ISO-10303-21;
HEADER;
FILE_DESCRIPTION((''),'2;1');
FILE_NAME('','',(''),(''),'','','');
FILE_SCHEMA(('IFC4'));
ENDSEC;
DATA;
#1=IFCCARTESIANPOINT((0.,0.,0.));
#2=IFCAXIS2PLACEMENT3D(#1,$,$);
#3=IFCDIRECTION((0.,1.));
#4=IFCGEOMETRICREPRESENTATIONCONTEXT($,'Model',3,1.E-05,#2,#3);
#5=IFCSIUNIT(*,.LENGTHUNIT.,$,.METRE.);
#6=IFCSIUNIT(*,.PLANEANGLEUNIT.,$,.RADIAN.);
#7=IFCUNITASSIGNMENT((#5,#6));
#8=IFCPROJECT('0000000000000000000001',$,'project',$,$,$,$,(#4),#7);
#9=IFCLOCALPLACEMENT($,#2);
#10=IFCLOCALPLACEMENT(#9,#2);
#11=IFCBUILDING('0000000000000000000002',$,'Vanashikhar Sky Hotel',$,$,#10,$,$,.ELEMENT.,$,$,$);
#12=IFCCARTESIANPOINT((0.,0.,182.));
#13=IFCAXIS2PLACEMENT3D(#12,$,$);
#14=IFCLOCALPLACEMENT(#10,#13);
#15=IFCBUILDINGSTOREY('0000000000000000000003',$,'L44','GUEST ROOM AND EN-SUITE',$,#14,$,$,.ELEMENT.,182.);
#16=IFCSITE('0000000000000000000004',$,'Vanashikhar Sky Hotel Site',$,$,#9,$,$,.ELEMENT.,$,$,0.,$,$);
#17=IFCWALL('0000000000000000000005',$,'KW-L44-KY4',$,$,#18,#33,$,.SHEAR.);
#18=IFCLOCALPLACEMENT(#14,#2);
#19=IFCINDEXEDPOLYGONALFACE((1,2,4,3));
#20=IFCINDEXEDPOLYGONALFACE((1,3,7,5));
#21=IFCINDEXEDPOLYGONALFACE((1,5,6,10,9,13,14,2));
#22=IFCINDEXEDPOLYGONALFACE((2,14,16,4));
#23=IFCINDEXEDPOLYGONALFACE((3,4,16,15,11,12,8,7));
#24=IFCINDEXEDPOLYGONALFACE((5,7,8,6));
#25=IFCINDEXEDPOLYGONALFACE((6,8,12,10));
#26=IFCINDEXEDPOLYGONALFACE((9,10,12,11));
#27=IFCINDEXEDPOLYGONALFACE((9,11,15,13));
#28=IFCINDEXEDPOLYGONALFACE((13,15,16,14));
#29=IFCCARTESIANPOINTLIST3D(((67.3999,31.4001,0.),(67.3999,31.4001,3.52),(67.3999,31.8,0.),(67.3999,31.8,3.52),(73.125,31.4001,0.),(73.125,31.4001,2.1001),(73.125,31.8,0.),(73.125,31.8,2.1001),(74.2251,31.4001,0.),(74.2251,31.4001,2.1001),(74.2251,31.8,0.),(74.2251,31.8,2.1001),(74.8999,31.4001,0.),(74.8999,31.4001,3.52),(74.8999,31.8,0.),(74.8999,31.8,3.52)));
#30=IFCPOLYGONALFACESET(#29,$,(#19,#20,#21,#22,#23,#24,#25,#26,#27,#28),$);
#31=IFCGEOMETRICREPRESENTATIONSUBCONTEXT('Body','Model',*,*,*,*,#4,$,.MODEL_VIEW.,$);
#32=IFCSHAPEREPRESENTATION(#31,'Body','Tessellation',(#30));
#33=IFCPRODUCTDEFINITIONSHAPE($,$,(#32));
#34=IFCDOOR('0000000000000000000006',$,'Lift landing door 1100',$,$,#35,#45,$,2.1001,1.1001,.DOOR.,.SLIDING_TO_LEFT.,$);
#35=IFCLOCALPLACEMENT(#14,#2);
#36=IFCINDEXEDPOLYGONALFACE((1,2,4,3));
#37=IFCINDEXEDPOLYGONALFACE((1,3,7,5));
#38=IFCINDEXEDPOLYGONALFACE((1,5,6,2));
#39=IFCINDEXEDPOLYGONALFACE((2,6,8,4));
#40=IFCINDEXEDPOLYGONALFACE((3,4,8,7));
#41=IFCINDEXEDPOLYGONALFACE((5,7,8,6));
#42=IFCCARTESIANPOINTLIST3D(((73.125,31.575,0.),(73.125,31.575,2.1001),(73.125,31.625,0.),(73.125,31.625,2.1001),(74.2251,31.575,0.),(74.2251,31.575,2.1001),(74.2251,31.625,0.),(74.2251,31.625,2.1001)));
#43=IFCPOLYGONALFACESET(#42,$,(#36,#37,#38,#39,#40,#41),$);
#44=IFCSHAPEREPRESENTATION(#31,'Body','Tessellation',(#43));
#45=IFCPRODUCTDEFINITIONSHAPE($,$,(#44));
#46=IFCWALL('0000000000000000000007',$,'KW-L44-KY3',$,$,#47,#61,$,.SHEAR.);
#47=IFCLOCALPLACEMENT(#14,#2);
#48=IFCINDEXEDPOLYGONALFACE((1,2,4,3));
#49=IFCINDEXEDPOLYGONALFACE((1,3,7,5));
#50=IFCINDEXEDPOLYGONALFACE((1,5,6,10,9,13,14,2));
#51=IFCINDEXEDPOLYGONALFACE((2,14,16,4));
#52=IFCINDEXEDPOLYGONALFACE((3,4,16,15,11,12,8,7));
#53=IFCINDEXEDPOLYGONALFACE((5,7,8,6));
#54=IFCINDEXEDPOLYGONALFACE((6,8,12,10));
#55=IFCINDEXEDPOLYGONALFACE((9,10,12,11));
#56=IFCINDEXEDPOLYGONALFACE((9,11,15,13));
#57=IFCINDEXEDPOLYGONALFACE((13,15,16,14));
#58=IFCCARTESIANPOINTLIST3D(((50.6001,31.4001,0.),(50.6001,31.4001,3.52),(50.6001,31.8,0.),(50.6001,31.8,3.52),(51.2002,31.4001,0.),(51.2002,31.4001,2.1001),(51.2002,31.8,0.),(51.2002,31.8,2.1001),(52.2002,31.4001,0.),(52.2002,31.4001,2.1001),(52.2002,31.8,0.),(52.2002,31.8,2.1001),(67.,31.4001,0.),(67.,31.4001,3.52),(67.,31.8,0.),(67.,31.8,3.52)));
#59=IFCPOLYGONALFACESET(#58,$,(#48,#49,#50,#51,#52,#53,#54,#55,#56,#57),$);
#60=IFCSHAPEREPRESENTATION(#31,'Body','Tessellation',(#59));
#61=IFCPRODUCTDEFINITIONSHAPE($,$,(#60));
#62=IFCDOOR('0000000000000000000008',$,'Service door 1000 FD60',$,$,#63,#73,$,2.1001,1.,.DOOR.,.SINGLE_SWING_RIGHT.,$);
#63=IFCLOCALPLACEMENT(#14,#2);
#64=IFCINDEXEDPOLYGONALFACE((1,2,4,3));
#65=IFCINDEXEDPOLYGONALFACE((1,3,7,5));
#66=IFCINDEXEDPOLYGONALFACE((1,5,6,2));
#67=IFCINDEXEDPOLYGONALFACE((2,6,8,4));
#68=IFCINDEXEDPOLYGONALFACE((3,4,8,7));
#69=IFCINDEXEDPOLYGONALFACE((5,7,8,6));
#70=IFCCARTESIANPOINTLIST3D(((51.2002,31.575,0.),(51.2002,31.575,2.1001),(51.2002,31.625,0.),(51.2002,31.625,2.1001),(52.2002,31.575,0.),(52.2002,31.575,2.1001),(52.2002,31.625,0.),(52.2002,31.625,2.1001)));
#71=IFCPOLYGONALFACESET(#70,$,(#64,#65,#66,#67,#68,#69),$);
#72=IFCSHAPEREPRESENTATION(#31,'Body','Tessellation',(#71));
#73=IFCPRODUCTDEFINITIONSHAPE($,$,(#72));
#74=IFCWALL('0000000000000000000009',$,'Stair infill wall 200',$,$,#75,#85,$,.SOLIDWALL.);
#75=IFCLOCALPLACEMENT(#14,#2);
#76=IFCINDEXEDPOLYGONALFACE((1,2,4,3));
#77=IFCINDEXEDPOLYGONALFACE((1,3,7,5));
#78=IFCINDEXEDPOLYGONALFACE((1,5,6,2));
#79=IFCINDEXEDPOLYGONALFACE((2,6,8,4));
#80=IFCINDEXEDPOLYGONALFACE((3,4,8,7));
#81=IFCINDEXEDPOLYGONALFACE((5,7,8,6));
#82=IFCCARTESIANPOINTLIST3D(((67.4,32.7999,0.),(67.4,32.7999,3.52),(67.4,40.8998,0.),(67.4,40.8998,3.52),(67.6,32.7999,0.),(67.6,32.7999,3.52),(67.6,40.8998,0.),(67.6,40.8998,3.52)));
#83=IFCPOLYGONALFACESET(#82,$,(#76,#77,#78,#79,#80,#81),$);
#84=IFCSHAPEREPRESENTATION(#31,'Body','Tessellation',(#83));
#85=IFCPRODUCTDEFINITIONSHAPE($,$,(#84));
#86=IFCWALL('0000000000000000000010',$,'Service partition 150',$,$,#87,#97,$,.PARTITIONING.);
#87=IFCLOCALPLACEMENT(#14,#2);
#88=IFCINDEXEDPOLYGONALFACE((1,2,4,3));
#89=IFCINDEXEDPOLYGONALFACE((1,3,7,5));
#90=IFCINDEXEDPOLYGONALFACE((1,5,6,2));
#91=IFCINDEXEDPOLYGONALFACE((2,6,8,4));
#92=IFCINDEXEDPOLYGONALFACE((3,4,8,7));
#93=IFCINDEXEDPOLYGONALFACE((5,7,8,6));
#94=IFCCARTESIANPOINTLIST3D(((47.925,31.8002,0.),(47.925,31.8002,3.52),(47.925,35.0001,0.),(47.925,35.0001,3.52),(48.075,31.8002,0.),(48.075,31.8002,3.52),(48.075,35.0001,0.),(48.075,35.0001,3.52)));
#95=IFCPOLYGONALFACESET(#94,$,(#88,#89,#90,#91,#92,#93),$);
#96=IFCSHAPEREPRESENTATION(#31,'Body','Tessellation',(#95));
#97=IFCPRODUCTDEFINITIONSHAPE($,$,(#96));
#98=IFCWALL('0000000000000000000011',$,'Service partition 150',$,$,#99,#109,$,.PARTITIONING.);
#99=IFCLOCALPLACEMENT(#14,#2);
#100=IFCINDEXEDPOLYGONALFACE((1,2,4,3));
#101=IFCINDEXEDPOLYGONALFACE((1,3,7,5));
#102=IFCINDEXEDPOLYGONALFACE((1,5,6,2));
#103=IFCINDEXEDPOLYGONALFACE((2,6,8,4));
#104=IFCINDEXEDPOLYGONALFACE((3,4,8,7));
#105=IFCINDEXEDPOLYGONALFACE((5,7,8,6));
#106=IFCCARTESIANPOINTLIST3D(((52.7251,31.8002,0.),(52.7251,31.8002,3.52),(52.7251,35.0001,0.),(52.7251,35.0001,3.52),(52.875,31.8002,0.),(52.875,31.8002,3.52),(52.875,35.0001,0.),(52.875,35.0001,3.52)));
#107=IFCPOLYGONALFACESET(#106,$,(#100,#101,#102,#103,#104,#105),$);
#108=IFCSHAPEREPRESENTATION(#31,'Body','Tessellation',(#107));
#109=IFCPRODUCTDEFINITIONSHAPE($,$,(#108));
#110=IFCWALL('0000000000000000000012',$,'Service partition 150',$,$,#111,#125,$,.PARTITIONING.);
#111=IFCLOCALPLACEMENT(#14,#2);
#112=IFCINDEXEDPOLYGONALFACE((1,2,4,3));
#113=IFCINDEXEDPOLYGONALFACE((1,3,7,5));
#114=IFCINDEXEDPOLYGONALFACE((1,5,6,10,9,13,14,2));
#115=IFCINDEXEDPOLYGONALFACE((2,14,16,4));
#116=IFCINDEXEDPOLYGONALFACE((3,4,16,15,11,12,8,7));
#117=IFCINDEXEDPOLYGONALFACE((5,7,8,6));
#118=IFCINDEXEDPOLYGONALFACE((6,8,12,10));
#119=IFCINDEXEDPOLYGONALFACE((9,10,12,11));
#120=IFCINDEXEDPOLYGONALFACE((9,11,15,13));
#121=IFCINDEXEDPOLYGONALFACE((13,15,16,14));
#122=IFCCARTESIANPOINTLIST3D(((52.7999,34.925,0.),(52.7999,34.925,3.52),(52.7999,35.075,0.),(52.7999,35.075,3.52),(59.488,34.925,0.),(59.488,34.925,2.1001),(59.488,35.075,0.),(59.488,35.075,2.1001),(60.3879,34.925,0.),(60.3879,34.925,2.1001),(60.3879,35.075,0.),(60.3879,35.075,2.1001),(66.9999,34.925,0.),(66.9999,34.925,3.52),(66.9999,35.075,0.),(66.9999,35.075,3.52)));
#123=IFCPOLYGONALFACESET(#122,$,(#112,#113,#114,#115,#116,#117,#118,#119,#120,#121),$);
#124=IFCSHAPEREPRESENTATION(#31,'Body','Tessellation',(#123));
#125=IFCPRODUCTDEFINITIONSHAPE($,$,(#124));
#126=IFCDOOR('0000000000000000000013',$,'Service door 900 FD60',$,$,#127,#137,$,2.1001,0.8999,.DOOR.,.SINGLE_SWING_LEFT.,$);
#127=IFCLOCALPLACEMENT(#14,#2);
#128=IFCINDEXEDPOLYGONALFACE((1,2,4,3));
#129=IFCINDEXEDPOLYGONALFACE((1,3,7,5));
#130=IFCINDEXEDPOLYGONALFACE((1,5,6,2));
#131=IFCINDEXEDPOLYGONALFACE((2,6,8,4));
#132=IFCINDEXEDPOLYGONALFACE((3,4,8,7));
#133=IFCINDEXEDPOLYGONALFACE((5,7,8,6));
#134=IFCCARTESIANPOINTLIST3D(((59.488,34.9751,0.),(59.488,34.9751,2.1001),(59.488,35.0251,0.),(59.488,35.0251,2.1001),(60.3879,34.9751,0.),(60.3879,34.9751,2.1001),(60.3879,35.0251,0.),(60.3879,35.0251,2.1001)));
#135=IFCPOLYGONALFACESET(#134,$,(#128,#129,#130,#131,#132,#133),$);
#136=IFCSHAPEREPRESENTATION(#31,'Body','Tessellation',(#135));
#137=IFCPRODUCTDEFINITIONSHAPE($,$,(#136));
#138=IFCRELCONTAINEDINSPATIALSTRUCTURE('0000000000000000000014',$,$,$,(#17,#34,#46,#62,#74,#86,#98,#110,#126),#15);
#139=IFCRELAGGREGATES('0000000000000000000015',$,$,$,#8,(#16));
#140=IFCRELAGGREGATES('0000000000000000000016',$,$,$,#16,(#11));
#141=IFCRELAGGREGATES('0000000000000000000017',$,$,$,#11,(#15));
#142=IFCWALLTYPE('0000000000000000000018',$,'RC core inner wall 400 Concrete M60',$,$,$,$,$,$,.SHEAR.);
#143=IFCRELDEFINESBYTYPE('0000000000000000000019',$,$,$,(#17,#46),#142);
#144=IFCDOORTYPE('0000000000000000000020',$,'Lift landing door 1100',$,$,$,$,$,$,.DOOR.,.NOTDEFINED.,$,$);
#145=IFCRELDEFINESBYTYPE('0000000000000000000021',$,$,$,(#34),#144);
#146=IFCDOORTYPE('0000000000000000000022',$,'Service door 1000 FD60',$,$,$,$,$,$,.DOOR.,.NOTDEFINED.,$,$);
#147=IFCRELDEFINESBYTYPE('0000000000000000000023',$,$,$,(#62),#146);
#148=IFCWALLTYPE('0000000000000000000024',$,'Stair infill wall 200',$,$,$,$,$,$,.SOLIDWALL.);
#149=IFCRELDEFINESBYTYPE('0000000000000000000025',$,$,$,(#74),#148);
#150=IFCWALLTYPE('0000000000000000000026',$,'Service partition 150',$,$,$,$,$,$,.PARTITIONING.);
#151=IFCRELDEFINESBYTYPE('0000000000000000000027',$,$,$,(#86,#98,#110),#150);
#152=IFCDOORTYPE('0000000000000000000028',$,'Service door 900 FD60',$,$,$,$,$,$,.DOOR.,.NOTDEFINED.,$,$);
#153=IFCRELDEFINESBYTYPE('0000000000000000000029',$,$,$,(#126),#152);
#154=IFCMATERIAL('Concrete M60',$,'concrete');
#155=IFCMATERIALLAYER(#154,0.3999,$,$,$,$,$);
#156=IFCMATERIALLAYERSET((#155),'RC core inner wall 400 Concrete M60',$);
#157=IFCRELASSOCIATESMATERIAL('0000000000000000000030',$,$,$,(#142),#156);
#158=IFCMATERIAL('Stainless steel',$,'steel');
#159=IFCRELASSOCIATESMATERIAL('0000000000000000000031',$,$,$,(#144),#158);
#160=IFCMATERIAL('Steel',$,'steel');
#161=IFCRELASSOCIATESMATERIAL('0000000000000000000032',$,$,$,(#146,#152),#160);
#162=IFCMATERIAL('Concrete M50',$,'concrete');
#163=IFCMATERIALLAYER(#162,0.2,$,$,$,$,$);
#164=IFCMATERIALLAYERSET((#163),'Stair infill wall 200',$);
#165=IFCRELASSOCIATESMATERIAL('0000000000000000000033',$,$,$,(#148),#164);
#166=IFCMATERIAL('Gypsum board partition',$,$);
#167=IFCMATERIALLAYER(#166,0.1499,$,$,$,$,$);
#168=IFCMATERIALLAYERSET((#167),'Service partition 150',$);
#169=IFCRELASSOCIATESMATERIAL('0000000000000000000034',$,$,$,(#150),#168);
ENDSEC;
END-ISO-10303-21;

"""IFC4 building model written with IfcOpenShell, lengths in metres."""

from ifc_helpers import new_model, si_unit, direction, frame, frame_2d, origin, place, context, subcontext, project, spatial, rectangle, extrude, source, transform, mapped, material, layer, layer_set, type_object, element, fill, save


model = new_model("IFC4")

# Units and contexts
model_context = context("Model", 3, precision=1e-05, world=origin(), true_north=direction((0.0, 1.0)))
body_context = subcontext(model_context, "Body", "Model", "MODEL_VIEW")
ifc_project = project(units=[si_unit("LENGTHUNIT", "METRE"), si_unit("PLANEANGLEUNIT", "RADIAN")], contexts=[model_context])

# Site, building, storey
site_placement = place(None, origin())
site = spatial("IfcSite", under=ifc_project, at=site_placement, Name="Vanashikhar Sky Hotel Site", CompositionType="ELEMENT", RefElevation=0.0)
building_placement = place(site_placement, origin())
building = spatial("IfcBuilding", under=site, at=building_placement, Name="Vanashikhar Sky Hotel", CompositionType="ELEMENT")
storey_placement = place(building_placement, frame((0.0, 0.0, 182.0)))
storey = spatial("IfcBuildingStorey", under=building, at=storey_placement, Name="L44", Description="GUEST ROOM AND EN-SUITE", CompositionType="ELEMENT", Elevation=182.0)

# Walls, openings, doors
ifc_material_1 = material(Name="Concrete M60", Category="concrete")
ifc_layer_1 = layer(ifc_material_1, 0.3999)
ifc_layer_set_1 = layer_set([ifc_layer_1], Name="RC core inner wall 400 Concrete M60")
wall_type_1 = type_object("IfcWallType", Name="RC core inner wall 400 Concrete M60", PredefinedType="SHEAR", material=ifc_layer_set_1)
shared_shape_1 = source(origin(), body_context, "Body", "SweptSolid", [
    extrude(rectangle(XDim=7.5, YDim=0.3999, at=frame_2d((3.75, 0.0))), origin(), (0.0, 0.0, 1.0), 3.52),
])
wall_1_placement = place(storey_placement, frame((67.3999, 31.6001, 0.0), z_axis=(0.0, 0.0, 1.0), x_axis=(1.0, 0.0, 0.0)))
wall_1 = element("IfcWall", 1, at=wall_1_placement, inside=storey, type_object=wall_type_1, Name="KW-L44-KY4", PredefinedType="SHEAR", context=body_context, shape_type="MappedRepresentation", body=[
    mapped(shared_shape_1, transform((0.0, 0.0, 0.0), scale=1.0)),
])
shared_shape_2 = source(origin(), body_context, "Body", "SweptSolid", [
    extrude(rectangle(XDim=1.1001, YDim=2.1001, at=frame_2d((0.55, 1.05))), frame((0.0, 0.21, 0.0), z_axis=(0.0, -1.0, 0.0), x_axis=(1.0, 0.0, 0.0)), (0.0, 0.0, 1.0), 0.4199),
])
opening_1_placement = place(wall_1_placement, frame((5.7251, 0.0, 0.0)))
opening_1 = element("IfcOpeningElement", 2, at=opening_1_placement, cuts=wall_1, PredefinedType="OPENING", context=body_context, shape_type="MappedRepresentation", body=[
    mapped(shared_shape_2, transform((0.0, 0.0, 0.0), scale=1.0)),
])
ifc_material_2 = material(Name="Stainless steel", Category="steel")
door_type_1 = type_object("IfcDoorType", Name="Lift landing door 1100", OperationType="NOTDEFINED", PredefinedType="DOOR", material=ifc_material_2)
shared_shape_3 = source(origin(), body_context, "Body", "SweptSolid", [
    extrude(rectangle(XDim=1.1001, YDim=2.1001, at=frame_2d((0.55, 1.05))), frame((0.0, 0.0249, 0.0), z_axis=(0.0, -1.0, 0.0), x_axis=(1.0, 0.0, 0.0)), (0.0, 0.0, 1.0), 0.05),
])
door_1_placement = place(opening_1_placement, origin())
door_1 = element("IfcDoor", 3, at=door_1_placement, inside=storey, type_object=door_type_1, Name="Lift landing door 1100", OperationType="SLIDING_TO_LEFT", OverallHeight=2.1001, OverallWidth=1.1001, PredefinedType="DOOR", context=body_context, shape_type="MappedRepresentation", body=[
    mapped(shared_shape_3, transform((0.0, 0.0, 0.0), scale=1.0)),
])
fill(opening_1, door_1)
shared_shape_4 = source(origin(), body_context, "Body", "SweptSolid", [
    extrude(rectangle(XDim=16.3999, YDim=0.3999, at=frame_2d((8.2, 0.0))), origin(), (0.0, 0.0, 1.0), 3.52),
])
wall_2_placement = place(storey_placement, frame((50.6001, 31.6001, 0.0), z_axis=(0.0, 0.0, 1.0), x_axis=(1.0, 0.0, 0.0)))
wall_2 = element("IfcWall", 4, at=wall_2_placement, inside=storey, type_object=wall_type_1, Name="KW-L44-KY3", PredefinedType="SHEAR", context=body_context, shape_type="MappedRepresentation", body=[
    mapped(shared_shape_4, transform((0.0, 0.0, 0.0), scale=1.0)),
])
shared_shape_5 = source(origin(), body_context, "Body", "SweptSolid", [
    extrude(rectangle(XDim=1.0, YDim=2.1001, at=frame_2d((0.5, 1.05))), frame((0.0, 0.21, 0.0), z_axis=(0.0, -1.0, 0.0), x_axis=(1.0, 0.0, 0.0)), (0.0, 0.0, 1.0), 0.4199),
])
opening_2_placement = place(wall_2_placement, frame((0.6001, 0.0, 0.0)))
opening_2 = element("IfcOpeningElement", 5, at=opening_2_placement, cuts=wall_2, PredefinedType="OPENING", context=body_context, shape_type="MappedRepresentation", body=[
    mapped(shared_shape_5, transform((0.0, 0.0, 0.0), scale=1.0)),
])
ifc_material_3 = material(Name="Steel", Category="steel")
door_type_2 = type_object("IfcDoorType", Name="Service door 1000 FD60", OperationType="NOTDEFINED", PredefinedType="DOOR", material=ifc_material_3)
shared_shape_6 = source(origin(), body_context, "Body", "SweptSolid", [
    extrude(rectangle(XDim=1.0, YDim=2.1001, at=frame_2d((0.5, 1.05))), frame((0.0, 0.0249, 0.0), z_axis=(0.0, -1.0, 0.0), x_axis=(1.0, 0.0, 0.0)), (0.0, 0.0, 1.0), 0.05),
])
door_2_placement = place(opening_2_placement, origin())
door_2 = element("IfcDoor", 6, at=door_2_placement, inside=storey, type_object=door_type_2, Name="Service door 1000 FD60", OperationType="SINGLE_SWING_RIGHT", OverallHeight=2.1001, OverallWidth=1.0, PredefinedType="DOOR", context=body_context, shape_type="MappedRepresentation", body=[
    mapped(shared_shape_6, transform((0.0, 0.0, 0.0), scale=1.0)),
])
fill(opening_2, door_2)

# Walls
ifc_material_4 = material(Name="Concrete M50", Category="concrete")
ifc_layer_2 = layer(ifc_material_4, 0.2)
ifc_layer_set_2 = layer_set([ifc_layer_2], Name="Stair infill wall 200")
wall_type_2 = type_object("IfcWallType", Name="Stair infill wall 200", PredefinedType="SOLIDWALL", material=ifc_layer_set_2)
shared_shape_7 = source(origin(), body_context, "Body", "SweptSolid", [
    extrude(rectangle(XDim=8.0999, YDim=0.2, at=frame_2d((4.0498, 0.0))), origin(), (0.0, 0.0, 1.0), 3.52),
])
wall_3_placement = place(storey_placement, frame((67.5, 32.8, 0.0), z_axis=(0.0, 0.0, 1.0), x_axis=(0.0, 1.0, 0.0)))
element("IfcWall", 7, at=wall_3_placement, inside=storey, type_object=wall_type_2, Name="Stair infill wall 200", PredefinedType="SOLIDWALL", context=body_context, shape_type="MappedRepresentation", body=[
    mapped(shared_shape_7, transform((0.0, 0.0, 0.0), scale=1.0)),
])
ifc_material_5 = material(Name="Gypsum board partition")
ifc_layer_3 = layer(ifc_material_5, 0.1499)
ifc_layer_set_3 = layer_set([ifc_layer_3], Name="Service partition 150")
wall_type_3 = type_object("IfcWallType", Name="Service partition 150", PredefinedType="PARTITIONING", material=ifc_layer_set_3)
shared_shape_8 = source(origin(), body_context, "Body", "SweptSolid", [
    extrude(rectangle(XDim=3.2, YDim=0.1499, at=frame_2d((1.6001, 0.0))), origin(), (0.0, 0.0, 1.0), 3.52),
])
for number, where, z_axis, x_axis, name in (
    (8, (48.0, 31.8, 0.0), (0.0, 0.0, 1.0), (0.0, 1.0, 0.0), "Service partition 150"),
    (9, (52.8, 31.8, 0.0), (0.0, 0.0, 1.0), (0.0, 1.0, 0.0), "Service partition 150"),
):
    element("IfcWall", number, at=place(storey_placement, frame(where, z_axis=z_axis, x_axis=x_axis)), inside=storey, type_object=wall_type_3, Name=name, PredefinedType="PARTITIONING", context=body_context, shape_type="MappedRepresentation", body=[
        mapped(shared_shape_8, transform((0.0, 0.0, 0.0), scale=1.0)),
    ])

# Wall, opening, door
shared_shape_9 = source(origin(), body_context, "Body", "SweptSolid", [
    extrude(rectangle(XDim=14.2, YDim=0.1499, at=frame_2d((7.1001, 0.0))), origin(), (0.0, 0.0, 1.0), 3.52),
])
wall_4_placement = place(storey_placement, frame((67.0, 35.0, 0.0), z_axis=(0.0, 0.0, 1.0), x_axis=(-1.0, 0.0, 0.0)))
wall_4 = element("IfcWall", 10, at=wall_4_placement, inside=storey, type_object=wall_type_3, Name="Service partition 150", PredefinedType="PARTITIONING", context=body_context, shape_type="MappedRepresentation", body=[
    mapped(shared_shape_9, transform((0.0, 0.0, 0.0), scale=1.0)),
])
shared_shape_10 = source(origin(), body_context, "Body", "SweptSolid", [
    extrude(rectangle(XDim=0.8999, YDim=2.1001, at=frame_2d((0.45, 1.05))), frame((0.0, 0.085, 0.0), z_axis=(0.0, -1.0, 0.0), x_axis=(1.0, 0.0, 0.0)), (0.0, 0.0, 1.0), 0.1699),
])
opening_3_placement = place(wall_4_placement, frame((6.6121, 0.0, 0.0)))
opening_3 = element("IfcOpeningElement", 11, at=opening_3_placement, cuts=wall_4, PredefinedType="OPENING", context=body_context, shape_type="MappedRepresentation", body=[
    mapped(shared_shape_10, transform((0.0, 0.0, 0.0), scale=1.0)),
])
door_type_3 = type_object("IfcDoorType", Name="Service door 900 FD60", OperationType="NOTDEFINED", PredefinedType="DOOR", material=ifc_material_3)
shared_shape_11 = source(origin(), body_context, "Body", "SweptSolid", [
    extrude(rectangle(XDim=0.8999, YDim=2.1001, at=frame_2d((0.45, 1.05))), frame((0.0, 0.0249, 0.0), z_axis=(0.0, -1.0, 0.0), x_axis=(1.0, 0.0, 0.0)), (0.0, 0.0, 1.0), 0.05),
])
door_3_placement = place(opening_3_placement, origin())
door_3 = element("IfcDoor", 12, at=door_3_placement, inside=storey, type_object=door_type_3, Name="Service door 900 FD60", OperationType="SINGLE_SWING_LEFT", OverallHeight=2.1001, OverallWidth=0.8999, PredefinedType="DOOR", context=body_context, shape_type="MappedRepresentation", body=[
    mapped(shared_shape_11, transform((0.0, 0.0, 0.0), scale=1.0)),
])
fill(opening_3, door_3)

save(model, "model.ifc")
